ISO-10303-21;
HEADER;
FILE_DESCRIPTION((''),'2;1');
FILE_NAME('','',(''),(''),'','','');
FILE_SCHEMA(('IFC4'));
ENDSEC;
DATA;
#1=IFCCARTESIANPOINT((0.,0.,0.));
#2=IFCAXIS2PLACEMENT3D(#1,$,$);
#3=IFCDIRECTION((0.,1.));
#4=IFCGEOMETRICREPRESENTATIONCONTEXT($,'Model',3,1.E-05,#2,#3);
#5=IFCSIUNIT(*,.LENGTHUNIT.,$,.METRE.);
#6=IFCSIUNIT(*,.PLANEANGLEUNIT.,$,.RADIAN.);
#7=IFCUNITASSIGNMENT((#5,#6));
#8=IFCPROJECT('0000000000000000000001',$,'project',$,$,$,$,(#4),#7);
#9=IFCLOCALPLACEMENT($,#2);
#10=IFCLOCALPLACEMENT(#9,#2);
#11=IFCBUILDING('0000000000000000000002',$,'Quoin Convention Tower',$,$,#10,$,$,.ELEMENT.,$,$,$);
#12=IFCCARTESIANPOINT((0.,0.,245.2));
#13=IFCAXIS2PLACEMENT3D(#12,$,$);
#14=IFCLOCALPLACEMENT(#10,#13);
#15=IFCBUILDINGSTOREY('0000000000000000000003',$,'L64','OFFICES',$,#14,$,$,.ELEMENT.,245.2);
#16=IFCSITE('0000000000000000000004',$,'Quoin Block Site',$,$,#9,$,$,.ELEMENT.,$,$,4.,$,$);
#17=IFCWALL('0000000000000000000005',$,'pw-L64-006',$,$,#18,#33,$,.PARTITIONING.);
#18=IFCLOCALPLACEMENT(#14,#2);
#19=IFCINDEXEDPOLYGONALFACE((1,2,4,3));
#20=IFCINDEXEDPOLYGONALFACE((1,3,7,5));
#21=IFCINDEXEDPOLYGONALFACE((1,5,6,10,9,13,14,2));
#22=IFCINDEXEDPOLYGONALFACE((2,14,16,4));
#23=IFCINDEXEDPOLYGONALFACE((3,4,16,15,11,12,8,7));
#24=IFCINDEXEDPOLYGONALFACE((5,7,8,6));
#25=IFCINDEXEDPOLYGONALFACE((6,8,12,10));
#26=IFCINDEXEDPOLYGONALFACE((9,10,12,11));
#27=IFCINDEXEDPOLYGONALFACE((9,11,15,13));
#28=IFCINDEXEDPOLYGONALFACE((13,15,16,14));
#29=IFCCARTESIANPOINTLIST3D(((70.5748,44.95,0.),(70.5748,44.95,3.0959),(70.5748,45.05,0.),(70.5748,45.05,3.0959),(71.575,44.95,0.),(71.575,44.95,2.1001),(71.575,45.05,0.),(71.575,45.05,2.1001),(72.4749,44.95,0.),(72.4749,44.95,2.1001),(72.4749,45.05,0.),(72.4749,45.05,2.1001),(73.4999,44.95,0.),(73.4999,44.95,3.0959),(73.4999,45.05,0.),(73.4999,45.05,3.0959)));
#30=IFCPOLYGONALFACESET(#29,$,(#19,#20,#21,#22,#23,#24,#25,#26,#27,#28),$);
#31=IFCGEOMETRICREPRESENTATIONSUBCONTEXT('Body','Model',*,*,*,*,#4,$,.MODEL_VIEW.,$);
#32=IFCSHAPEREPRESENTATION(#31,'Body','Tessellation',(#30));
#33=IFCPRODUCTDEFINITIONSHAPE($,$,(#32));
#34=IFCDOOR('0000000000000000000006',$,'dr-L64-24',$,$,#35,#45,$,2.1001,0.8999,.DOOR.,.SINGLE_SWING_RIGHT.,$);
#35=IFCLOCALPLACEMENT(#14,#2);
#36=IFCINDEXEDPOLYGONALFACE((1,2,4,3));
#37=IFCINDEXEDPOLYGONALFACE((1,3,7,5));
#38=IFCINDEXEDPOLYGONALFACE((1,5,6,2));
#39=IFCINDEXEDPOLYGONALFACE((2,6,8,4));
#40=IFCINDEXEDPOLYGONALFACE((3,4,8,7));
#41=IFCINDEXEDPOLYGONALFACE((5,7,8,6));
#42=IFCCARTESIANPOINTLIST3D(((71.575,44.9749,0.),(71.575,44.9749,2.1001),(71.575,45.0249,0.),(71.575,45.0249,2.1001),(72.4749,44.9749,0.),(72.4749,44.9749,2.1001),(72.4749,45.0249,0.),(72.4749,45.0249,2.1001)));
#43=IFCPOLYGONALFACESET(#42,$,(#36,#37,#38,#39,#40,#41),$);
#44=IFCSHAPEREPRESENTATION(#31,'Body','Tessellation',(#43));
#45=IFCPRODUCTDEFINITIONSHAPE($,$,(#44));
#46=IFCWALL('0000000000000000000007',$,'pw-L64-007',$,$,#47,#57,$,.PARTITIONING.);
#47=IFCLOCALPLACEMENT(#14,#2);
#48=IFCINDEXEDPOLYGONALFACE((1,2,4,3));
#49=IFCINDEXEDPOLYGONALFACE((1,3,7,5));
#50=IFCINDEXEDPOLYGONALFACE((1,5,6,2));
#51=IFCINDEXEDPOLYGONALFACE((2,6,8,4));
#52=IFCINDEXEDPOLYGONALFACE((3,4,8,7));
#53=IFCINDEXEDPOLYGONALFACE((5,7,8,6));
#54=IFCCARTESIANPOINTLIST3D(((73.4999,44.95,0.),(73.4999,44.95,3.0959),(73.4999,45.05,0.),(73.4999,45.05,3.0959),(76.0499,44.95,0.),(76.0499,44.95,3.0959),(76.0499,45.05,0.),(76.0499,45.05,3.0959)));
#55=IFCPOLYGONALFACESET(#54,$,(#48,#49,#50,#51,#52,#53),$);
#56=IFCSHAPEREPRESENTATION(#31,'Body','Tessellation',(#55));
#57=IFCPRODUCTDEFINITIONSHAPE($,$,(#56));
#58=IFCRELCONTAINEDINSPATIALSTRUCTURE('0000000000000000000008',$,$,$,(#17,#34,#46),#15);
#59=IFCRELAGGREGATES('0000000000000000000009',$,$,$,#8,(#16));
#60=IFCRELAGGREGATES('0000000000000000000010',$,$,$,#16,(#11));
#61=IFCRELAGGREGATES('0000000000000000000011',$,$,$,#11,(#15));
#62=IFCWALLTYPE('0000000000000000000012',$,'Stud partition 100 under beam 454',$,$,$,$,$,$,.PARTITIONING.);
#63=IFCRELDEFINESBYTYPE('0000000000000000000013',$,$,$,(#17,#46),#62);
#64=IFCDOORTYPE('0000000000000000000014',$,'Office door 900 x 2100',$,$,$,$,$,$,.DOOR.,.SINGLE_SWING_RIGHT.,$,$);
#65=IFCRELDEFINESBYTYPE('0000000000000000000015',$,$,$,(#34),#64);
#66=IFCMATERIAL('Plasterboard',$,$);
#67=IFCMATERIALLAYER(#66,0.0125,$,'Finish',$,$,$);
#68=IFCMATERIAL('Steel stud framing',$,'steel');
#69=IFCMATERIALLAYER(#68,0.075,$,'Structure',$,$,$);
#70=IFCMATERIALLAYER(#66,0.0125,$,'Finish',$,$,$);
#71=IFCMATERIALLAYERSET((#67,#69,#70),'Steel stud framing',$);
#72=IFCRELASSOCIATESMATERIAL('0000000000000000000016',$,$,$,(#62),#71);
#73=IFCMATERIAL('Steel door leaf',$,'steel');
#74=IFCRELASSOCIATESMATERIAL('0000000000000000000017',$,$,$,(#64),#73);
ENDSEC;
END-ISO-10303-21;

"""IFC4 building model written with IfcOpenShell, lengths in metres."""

from ifc_helpers import new_model, si_unit, direction, frame, frame_2d, origin, place, context, subcontext, project, spatial, rectangle, extrude, material, layer, layer_set, type_object, element, fill, save


model = new_model("IFC4")

# Units and contexts
model_context = context("Model", 3, precision=1e-05, world=origin(), true_north=direction((0.0, 1.0)))
body_context = subcontext(model_context, "Body", "Model", "MODEL_VIEW")
ifc_project = project(units=[si_unit("LENGTHUNIT", "METRE"), si_unit("PLANEANGLEUNIT", "RADIAN")], contexts=[model_context])

# Site, building, storey
site_placement = place(None, origin())
site = spatial("IfcSite", under=ifc_project, at=site_placement, Name="Quoin Block Site", CompositionType="ELEMENT", RefElevation=4.0)
building_placement = place(site_placement, origin())
building = spatial("IfcBuilding", under=site, at=building_placement, Name="Quoin Convention Tower", CompositionType="ELEMENT")
storey_placement = place(building_placement, frame((0.0, 0.0, 245.2)))
storey = spatial("IfcBuildingStorey", under=building, at=storey_placement, Name="L64", Description="OFFICES", CompositionType="ELEMENT", Elevation=245.2)

# Shared definitions
ifc_material_1 = material(Name="Plasterboard")
ifc_material_2 = material(Name="Steel stud framing", Category="steel")

# Wall, opening, door
ifc_material_3 = material(Name="Steel door leaf", Category="steel")
ifc_layer_1 = layer(ifc_material_1, 0.0125, Name="Finish")
ifc_layer_2 = layer(ifc_material_2, 0.075, Name="Structure")
ifc_layer_3 = layer(ifc_material_1, 0.0125, Name="Finish")
ifc_layer_set_1 = layer_set([ifc_layer_1, ifc_layer_2, ifc_layer_3], Name="Steel stud framing")
wall_type_1 = type_object("IfcWallType", Name="Stud partition 100 under beam 454", PredefinedType="PARTITIONING", material=ifc_layer_set_1)
wall_1_placement = place(storey_placement, frame((70.575, 45.0, 0.0), z_axis=(0.0, 0.0, 1.0), x_axis=(1.0, 0.0, 0.0)))
wall_1 = element("IfcWall", 1, at=wall_1_placement, inside=storey, type_object=wall_type_1, Name="pw-L64-006", PredefinedType="PARTITIONING", context=body_context, shape_type="SweptSolid", body=[
    extrude(rectangle(XDim=2.925, YDim=0.1001, at=frame_2d((1.4624, 0.0))), origin(), (0.0, 0.0, 1.0), 3.0959),
])
opening_1_placement = place(wall_1_placement, frame((1.0, 0.0, 0.0)))
opening_1 = element("IfcOpeningElement", 2, at=opening_1_placement, cuts=wall_1, PredefinedType="OPENING", context=body_context, shape_type="SweptSolid", body=[
    extrude(rectangle(XDim=0.8999, YDim=2.1001, at=frame_2d((0.45, 1.05))), frame((0.0, 0.0601, 0.0), z_axis=(0.0, -1.0, 0.0), x_axis=(1.0, 0.0, 0.0)), (0.0, 0.0, 1.0), 0.1201),
])
door_type_1 = type_object("IfcDoorType", Name="Office door 900 x 2100", OperationType="SINGLE_SWING_RIGHT", PredefinedType="DOOR", material=ifc_material_3)
door_1_placement = place(opening_1_placement, origin())
door_1 = element("IfcDoor", 3, at=door_1_placement, inside=storey, type_object=door_type_1, Name="dr-L64-24", OperationType="SINGLE_SWING_RIGHT", OverallHeight=2.1001, OverallWidth=0.8999, PredefinedType="DOOR", context=body_context, shape_type="SweptSolid", body=[
    extrude(rectangle(XDim=0.8999, YDim=2.1001, at=frame_2d((0.45, 1.05))), frame((0.0, 0.0249, 0.0), z_axis=(0.0, -1.0, 0.0), x_axis=(1.0, 0.0, 0.0)), (0.0, 0.0, 1.0), 0.05),
])
fill(opening_1, door_1)

# Wall
wall_2_placement = place(storey_placement, frame((73.5, 45.0, 0.0), z_axis=(0.0, 0.0, 1.0), x_axis=(1.0, 0.0, 0.0)))
element("IfcWall", 4, at=wall_2_placement, inside=storey, type_object=wall_type_1, Name="pw-L64-007", PredefinedType="PARTITIONING", context=body_context, shape_type="SweptSolid", body=[
    extrude(rectangle(XDim=2.55, YDim=0.1001, at=frame_2d((1.2749, 0.0))), origin(), (0.0, 0.0, 1.0), 3.0959),
])

save(model, "model.ifc")
